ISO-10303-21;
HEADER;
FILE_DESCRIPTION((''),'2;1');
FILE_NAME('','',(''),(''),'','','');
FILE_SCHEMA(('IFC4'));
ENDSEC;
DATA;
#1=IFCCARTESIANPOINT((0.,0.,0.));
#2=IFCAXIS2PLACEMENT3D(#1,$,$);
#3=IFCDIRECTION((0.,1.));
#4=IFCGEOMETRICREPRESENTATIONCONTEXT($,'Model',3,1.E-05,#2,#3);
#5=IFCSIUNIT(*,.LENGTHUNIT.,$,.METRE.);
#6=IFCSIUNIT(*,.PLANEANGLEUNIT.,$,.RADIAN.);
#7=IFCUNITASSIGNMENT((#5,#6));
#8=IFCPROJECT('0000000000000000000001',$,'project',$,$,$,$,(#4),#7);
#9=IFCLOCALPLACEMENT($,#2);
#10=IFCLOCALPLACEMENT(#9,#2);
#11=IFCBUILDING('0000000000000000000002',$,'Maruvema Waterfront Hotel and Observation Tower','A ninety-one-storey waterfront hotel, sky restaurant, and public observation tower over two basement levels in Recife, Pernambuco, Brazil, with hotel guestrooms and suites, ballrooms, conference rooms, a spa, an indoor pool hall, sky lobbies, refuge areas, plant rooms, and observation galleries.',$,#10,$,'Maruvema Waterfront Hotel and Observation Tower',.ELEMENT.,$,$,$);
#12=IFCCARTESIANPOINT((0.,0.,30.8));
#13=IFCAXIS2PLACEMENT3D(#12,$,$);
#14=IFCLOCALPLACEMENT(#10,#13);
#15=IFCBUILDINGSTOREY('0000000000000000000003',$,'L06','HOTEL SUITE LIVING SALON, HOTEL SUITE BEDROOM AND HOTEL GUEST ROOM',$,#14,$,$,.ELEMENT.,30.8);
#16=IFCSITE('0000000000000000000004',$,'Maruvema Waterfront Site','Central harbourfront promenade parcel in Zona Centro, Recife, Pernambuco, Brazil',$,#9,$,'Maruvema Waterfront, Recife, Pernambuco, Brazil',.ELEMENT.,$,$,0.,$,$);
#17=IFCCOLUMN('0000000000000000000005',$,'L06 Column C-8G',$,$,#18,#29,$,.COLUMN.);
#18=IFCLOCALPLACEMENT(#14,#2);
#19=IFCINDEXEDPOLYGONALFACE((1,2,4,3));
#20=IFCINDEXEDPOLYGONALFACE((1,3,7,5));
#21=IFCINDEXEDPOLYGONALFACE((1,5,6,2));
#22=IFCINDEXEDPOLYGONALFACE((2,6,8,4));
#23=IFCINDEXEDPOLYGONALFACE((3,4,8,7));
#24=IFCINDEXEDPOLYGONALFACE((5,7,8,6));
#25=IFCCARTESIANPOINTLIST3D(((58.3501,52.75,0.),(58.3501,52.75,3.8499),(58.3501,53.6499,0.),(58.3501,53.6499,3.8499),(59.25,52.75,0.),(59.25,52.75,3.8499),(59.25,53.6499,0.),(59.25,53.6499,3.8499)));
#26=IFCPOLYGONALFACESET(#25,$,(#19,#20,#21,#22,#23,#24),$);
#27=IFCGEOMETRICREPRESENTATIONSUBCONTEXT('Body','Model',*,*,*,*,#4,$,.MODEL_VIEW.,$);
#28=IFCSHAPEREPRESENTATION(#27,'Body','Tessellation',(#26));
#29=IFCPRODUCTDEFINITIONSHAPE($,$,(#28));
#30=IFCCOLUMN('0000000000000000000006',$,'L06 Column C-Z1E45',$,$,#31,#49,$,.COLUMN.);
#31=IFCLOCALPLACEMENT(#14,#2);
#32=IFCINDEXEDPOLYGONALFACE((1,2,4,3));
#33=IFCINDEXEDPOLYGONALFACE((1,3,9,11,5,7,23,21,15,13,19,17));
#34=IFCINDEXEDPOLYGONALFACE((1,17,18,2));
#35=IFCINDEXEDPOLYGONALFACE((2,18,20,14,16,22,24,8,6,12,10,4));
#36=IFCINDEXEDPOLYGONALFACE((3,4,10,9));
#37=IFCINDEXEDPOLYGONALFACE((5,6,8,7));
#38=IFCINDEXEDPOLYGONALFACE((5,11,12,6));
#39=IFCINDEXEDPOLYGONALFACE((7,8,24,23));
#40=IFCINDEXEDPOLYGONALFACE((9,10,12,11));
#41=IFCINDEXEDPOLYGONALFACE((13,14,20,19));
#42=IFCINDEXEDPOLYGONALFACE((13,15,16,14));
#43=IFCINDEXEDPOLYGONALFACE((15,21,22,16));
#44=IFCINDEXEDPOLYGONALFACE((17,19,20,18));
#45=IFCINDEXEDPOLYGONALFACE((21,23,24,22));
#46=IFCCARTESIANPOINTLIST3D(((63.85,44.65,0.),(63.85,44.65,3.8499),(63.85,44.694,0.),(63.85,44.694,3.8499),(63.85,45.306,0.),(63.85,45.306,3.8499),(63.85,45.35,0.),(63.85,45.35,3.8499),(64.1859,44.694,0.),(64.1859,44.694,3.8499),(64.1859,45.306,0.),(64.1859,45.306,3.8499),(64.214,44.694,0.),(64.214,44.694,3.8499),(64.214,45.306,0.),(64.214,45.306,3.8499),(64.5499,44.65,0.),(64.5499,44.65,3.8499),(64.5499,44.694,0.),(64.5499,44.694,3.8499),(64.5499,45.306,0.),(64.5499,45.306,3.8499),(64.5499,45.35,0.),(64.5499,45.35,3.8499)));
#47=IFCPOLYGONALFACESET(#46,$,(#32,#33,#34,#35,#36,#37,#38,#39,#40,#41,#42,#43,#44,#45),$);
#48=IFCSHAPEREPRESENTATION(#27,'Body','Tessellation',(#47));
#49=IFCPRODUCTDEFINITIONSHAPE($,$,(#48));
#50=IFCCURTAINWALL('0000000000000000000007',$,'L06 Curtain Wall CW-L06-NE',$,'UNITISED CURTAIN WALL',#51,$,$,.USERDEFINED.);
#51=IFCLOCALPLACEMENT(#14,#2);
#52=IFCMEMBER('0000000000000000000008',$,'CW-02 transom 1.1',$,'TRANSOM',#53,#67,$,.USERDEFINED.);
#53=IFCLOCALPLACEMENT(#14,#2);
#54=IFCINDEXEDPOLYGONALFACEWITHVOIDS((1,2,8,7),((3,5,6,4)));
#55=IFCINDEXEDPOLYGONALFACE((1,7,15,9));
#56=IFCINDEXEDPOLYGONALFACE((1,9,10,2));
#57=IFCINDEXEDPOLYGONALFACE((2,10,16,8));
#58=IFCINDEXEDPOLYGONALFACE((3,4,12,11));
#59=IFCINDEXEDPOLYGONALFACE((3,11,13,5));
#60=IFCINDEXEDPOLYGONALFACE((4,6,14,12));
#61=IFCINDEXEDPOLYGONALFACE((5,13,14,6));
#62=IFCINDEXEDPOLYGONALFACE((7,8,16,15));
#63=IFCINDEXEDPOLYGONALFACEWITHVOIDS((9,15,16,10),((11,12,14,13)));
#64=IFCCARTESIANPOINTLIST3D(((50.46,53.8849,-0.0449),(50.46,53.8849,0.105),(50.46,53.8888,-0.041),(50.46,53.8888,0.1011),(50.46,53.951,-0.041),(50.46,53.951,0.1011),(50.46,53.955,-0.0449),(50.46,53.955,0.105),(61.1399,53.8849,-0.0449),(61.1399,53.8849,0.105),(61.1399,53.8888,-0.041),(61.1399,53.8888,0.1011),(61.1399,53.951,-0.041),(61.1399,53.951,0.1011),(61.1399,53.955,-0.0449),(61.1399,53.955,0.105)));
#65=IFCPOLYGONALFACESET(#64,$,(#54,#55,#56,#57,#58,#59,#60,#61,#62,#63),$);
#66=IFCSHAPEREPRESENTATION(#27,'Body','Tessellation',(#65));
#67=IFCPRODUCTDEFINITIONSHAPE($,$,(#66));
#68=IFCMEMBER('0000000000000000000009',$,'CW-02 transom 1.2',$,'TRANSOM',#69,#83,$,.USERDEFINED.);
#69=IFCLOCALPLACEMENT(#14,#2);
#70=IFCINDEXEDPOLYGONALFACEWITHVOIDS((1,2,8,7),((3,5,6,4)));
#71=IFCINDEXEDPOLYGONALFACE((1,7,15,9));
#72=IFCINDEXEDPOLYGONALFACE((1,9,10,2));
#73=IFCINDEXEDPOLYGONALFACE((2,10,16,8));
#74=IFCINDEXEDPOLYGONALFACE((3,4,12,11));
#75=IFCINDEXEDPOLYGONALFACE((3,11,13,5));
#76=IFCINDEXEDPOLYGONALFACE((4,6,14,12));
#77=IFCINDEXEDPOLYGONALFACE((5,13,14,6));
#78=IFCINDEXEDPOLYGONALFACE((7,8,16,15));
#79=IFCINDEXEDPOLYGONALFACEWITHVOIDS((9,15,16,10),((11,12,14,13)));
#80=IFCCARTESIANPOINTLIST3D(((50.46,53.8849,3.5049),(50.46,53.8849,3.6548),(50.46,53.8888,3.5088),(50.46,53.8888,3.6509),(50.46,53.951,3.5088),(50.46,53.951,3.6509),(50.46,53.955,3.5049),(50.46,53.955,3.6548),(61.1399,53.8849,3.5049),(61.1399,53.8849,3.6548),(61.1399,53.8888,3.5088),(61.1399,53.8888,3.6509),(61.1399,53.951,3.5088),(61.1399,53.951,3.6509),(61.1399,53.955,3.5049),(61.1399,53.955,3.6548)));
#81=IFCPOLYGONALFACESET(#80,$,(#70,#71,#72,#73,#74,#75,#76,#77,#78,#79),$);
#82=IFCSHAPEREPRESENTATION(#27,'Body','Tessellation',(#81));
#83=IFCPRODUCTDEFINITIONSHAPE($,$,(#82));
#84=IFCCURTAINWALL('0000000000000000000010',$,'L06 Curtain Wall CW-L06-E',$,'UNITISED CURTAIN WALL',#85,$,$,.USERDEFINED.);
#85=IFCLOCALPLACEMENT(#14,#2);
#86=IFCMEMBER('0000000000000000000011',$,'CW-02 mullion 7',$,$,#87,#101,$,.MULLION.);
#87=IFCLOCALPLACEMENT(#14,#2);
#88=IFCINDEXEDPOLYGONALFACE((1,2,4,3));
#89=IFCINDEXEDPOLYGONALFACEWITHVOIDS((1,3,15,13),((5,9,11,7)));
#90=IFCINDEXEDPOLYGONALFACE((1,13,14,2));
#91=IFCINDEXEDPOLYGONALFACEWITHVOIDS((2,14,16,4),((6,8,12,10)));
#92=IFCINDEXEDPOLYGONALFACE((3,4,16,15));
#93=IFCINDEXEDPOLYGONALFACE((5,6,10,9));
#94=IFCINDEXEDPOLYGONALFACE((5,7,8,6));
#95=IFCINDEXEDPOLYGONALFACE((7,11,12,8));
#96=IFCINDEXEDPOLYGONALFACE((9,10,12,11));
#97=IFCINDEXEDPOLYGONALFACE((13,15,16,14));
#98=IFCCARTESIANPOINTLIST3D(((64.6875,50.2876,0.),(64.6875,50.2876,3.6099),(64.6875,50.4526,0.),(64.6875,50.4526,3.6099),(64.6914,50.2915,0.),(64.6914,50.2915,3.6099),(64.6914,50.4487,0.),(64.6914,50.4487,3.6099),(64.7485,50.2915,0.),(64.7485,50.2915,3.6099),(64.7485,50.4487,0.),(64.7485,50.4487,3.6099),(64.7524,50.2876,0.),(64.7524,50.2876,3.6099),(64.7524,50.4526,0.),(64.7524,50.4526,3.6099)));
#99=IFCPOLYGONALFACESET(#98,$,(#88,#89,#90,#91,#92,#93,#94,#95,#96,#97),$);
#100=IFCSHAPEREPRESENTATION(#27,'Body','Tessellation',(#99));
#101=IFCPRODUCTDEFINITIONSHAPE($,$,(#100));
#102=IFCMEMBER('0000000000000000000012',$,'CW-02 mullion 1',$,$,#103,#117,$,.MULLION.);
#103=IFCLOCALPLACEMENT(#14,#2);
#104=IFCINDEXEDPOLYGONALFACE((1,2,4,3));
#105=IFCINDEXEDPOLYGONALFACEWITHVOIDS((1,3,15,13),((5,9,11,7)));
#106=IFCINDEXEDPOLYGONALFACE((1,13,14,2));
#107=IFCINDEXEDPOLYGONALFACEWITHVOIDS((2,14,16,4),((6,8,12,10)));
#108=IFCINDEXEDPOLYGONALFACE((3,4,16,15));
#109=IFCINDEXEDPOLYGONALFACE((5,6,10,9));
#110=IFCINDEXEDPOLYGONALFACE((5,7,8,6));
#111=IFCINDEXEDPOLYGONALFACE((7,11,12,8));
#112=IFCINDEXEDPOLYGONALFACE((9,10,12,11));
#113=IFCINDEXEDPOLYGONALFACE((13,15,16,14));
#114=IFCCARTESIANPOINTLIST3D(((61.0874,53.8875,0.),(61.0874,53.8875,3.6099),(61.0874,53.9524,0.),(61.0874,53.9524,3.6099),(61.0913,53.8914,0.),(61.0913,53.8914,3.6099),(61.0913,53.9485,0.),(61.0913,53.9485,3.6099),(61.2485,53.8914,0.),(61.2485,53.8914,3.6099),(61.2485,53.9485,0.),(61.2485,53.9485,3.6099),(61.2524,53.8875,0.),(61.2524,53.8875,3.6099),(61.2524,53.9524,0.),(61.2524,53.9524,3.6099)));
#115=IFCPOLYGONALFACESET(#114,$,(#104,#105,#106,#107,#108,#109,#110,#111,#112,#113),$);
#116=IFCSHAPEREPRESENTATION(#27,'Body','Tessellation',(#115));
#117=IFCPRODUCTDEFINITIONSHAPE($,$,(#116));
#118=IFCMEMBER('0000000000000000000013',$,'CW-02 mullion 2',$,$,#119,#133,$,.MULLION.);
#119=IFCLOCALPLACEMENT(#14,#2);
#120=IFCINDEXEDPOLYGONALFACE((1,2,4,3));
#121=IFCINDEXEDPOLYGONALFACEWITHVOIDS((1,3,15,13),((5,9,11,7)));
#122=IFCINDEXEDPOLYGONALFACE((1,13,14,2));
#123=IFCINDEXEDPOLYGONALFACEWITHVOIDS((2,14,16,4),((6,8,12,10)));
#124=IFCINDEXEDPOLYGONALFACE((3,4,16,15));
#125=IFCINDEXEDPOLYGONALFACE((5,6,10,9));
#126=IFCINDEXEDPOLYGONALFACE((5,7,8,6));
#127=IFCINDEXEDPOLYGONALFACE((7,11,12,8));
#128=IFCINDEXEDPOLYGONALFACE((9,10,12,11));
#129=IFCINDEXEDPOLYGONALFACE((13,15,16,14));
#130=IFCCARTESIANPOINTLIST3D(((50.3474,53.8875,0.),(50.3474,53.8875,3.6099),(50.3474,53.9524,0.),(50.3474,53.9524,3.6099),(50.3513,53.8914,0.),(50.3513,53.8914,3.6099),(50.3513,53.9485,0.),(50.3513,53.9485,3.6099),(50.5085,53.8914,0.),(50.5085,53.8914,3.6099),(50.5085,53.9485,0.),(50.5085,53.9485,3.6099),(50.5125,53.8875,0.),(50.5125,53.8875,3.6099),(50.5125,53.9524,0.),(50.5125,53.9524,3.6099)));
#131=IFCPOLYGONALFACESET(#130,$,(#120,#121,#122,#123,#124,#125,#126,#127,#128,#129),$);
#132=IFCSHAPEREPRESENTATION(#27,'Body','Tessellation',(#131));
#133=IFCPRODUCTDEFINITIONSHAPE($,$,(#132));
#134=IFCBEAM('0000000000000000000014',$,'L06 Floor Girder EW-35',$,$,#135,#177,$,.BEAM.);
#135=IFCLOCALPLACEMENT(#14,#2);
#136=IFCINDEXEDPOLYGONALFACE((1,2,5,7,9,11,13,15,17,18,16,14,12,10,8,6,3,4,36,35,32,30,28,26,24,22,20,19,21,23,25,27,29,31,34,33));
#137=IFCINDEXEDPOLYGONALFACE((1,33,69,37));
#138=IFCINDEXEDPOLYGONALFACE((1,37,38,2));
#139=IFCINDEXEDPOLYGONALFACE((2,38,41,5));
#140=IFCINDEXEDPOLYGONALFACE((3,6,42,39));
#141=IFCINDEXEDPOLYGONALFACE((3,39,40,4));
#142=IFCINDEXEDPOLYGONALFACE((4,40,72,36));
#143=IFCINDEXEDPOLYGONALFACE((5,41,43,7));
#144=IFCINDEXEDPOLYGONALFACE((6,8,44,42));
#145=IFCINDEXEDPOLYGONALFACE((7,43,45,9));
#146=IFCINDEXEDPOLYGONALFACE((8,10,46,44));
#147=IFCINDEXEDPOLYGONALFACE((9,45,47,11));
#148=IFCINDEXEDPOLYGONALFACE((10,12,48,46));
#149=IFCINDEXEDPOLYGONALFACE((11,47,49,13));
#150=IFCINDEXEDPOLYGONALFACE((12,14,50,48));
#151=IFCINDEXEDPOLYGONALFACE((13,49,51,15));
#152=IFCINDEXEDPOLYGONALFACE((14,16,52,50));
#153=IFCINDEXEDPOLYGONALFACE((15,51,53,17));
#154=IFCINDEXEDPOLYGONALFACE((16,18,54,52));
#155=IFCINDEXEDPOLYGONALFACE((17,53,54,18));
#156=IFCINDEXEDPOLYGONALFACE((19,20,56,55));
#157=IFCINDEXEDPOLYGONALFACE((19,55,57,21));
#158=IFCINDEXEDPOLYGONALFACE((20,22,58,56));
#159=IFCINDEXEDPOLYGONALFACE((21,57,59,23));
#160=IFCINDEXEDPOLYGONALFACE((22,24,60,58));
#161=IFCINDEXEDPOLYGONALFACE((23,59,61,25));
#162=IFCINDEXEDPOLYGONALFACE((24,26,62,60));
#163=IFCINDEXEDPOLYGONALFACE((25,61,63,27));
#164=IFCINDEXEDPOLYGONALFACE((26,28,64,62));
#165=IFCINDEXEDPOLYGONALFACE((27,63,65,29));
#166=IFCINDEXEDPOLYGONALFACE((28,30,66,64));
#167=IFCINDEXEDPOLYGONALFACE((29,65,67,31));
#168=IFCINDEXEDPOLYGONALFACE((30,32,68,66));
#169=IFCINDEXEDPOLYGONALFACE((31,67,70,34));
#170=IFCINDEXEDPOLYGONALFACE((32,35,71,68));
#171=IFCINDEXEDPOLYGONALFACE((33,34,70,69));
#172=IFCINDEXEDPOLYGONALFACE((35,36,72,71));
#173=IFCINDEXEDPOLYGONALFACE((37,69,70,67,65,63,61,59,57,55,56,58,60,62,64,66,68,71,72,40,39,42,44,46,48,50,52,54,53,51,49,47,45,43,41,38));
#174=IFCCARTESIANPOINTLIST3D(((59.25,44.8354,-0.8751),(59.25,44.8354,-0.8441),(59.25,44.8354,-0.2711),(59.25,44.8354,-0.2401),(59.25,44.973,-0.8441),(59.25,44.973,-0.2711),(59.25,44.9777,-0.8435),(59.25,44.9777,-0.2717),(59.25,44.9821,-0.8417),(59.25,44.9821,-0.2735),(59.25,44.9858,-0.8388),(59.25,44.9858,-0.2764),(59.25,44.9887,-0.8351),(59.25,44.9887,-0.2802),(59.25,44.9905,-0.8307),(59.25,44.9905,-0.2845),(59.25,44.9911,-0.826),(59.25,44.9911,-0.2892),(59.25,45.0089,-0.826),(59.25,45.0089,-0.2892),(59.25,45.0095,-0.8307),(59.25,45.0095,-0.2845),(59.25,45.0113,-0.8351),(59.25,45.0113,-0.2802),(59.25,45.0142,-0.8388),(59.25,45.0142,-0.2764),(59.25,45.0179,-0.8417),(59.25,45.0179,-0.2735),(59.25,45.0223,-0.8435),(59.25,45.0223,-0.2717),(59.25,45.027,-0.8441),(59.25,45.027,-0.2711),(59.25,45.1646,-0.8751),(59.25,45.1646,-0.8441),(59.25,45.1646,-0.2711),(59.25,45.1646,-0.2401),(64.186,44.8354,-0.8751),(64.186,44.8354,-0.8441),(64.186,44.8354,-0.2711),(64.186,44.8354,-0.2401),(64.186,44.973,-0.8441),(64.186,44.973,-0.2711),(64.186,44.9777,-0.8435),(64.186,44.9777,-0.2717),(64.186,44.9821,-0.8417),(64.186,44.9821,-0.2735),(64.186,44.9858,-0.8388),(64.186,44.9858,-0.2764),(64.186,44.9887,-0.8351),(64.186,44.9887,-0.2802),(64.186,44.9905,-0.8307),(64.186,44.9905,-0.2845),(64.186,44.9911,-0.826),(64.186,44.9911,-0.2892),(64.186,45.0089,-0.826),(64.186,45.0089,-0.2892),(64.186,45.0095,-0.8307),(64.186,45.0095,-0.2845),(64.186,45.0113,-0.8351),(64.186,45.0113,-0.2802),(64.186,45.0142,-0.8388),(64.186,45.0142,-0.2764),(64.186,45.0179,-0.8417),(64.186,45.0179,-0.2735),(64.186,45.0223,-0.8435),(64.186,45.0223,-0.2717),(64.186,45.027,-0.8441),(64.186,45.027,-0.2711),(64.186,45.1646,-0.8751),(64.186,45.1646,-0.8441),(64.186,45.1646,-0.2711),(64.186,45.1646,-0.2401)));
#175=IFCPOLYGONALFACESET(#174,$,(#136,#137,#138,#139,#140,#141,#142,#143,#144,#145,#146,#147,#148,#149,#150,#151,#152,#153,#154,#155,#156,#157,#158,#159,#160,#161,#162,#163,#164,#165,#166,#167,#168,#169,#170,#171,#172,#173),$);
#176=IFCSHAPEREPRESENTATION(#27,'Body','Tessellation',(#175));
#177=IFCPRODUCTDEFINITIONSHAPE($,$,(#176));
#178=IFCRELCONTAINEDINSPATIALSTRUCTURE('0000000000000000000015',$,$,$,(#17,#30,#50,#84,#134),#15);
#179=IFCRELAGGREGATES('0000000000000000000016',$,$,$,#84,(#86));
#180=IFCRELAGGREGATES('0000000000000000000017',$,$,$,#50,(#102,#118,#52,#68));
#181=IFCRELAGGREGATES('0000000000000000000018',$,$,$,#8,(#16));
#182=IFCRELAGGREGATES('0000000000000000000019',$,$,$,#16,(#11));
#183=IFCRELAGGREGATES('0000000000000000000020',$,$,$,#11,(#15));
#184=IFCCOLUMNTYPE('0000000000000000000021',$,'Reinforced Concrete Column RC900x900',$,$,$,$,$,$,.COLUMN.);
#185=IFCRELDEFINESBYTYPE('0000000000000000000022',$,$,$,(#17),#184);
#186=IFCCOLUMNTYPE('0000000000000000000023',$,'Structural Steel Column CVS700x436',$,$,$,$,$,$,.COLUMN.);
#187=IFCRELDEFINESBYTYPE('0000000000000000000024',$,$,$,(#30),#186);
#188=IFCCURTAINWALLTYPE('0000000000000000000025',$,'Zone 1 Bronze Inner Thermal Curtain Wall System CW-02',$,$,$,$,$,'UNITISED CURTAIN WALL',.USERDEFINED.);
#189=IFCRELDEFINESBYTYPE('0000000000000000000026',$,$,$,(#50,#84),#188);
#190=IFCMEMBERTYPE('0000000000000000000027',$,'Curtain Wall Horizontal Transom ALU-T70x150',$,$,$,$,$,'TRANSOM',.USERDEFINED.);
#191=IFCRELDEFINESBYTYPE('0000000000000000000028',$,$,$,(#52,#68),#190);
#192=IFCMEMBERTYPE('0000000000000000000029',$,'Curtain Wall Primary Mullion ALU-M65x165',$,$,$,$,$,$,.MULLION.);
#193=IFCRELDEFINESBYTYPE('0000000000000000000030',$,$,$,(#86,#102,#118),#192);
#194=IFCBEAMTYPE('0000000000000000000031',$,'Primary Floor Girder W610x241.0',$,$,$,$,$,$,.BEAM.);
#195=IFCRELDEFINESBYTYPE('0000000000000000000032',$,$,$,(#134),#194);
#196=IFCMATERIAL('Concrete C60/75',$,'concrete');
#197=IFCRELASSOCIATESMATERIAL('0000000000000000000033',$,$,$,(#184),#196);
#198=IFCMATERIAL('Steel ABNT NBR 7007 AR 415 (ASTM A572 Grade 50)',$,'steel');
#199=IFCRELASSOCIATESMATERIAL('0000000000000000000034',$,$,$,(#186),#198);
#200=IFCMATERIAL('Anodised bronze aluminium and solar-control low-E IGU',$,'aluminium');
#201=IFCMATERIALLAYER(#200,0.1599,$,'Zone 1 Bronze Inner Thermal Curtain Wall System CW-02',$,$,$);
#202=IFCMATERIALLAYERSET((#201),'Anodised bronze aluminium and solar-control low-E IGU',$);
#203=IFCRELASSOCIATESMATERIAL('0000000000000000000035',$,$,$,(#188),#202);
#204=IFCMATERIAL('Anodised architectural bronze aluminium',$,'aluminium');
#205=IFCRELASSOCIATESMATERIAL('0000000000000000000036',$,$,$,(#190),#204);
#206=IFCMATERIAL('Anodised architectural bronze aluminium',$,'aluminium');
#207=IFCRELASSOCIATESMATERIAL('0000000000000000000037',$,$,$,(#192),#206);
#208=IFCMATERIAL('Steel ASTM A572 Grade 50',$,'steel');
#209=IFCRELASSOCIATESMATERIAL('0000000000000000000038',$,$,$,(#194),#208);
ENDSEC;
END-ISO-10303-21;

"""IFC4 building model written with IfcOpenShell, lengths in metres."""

from ifc_helpers import new_model, si_unit, direction, frame, origin, origin_2d, place, context, subcontext, project, spatial, rectangle, hollow_rectangle, i_section, extrude, material, layer, layer_set, material_profile, profile_set, type_object, element, aggregate, save


model = new_model("IFC4")

# Units and contexts
model_context = context("Model", 3, precision=1e-05, world=origin(), true_north=direction((0.0, 1.0)))
body_context = subcontext(model_context, "Body", "Model", "MODEL_VIEW")
ifc_project = project(units=[si_unit("LENGTHUNIT", "METRE"), si_unit("PLANEANGLEUNIT", "RADIAN")], contexts=[model_context])

# Site, building, storey
site_placement = place(None, origin())
site = spatial("IfcSite", under=ifc_project, at=site_placement, Name="Maruvema Waterfront Site", Description="Central harbourfront promenade parcel in Zona Centro, Recife, Pernambuco, Brazil", LongName="Maruvema Waterfront, Recife, Pernambuco, Brazil", CompositionType="ELEMENT", RefElevation=0.0)
building_placement = place(site_placement, origin())
building = spatial("IfcBuilding", under=site, at=building_placement, Name="Maruvema Waterfront Hotel and Observation Tower", Description="A ninety-one-storey waterfront hotel, sky restaurant, and public observation tower over two basement levels in Recife, Pernambuco, Brazil, with hotel guestrooms and suites, ballrooms, conference rooms, a spa, an indoor pool hall, sky lobbies, refuge areas, plant rooms, and observation galleries.", LongName="Maruvema Waterfront Hotel and Observation Tower", CompositionType="ELEMENT")
storey_placement = place(building_placement, frame((0.0, 0.0, 30.8)))
storey = spatial("IfcBuildingStorey", under=building, at=storey_placement, Name="L06", Description="HOTEL SUITE LIVING SALON, HOTEL SUITE BEDROOM AND HOTEL GUEST ROOM", CompositionType="ELEMENT", Elevation=30.8)

# Columns
ifc_material_1 = material(Name="Concrete C60/75", Category="concrete")
ifc_material_profile_1 = material_profile(ifc_material_1, rectangle(XDim=0.8999, YDim=0.8999, at=origin_2d()), Name="RC900x900")
ifc_profile_set_1 = profile_set([ifc_material_profile_1], Name="Concrete C60/75")
column_type_1 = type_object("IfcColumnType", Name="Reinforced Concrete Column RC900x900", PredefinedType="COLUMN", material=ifc_profile_set_1)
column_1_placement = place(storey_placement, frame((58.8, 53.2, 0.0), z_axis=(0.0, 0.0, 1.0), x_axis=(1.0, 0.0, 0.0)))
element("IfcColumn", 1, at=column_1_placement, inside=storey, type_object=column_type_1, Name="L06 Column C-8G", PredefinedType="COLUMN", context=body_context, shape_type="SweptSolid", body=[
    extrude(rectangle(XDim=0.8999, YDim=0.8999, at=origin_2d()), origin(), (0.0, 0.0, 1.0), 3.8499),
])
ifc_material_2 = material(Name="Steel ABNT NBR 7007 AR 415 (ASTM A572 Grade 50)", Category="steel")
ifc_material_profile_2 = material_profile(ifc_material_2, i_section(OverallWidth=0.7, OverallDepth=0.7, WebThickness=0.0281, FlangeThickness=0.0439, at=origin_2d()), Name="CVS700x436")
ifc_profile_set_2 = profile_set([ifc_material_profile_2], Name="Steel ABNT NBR 7007 AR 415 (ASTM A572 Grade 50)")
column_type_2 = type_object("IfcColumnType", Name="Structural Steel Column CVS700x436", PredefinedType="COLUMN", material=ifc_profile_set_2)
column_2_placement = place(storey_placement, frame((64.2, 45.0, 0.0), z_axis=(0.0, 0.0, 1.0), x_axis=(1.0, 0.0, 0.0)))
element("IfcColumn", 2, at=column_2_placement, inside=storey, type_object=column_type_2, Name="L06 Column C-Z1E45", PredefinedType="COLUMN", context=body_context, shape_type="SweptSolid", body=[
    extrude(i_section(OverallWidth=0.7, OverallDepth=0.7, WebThickness=0.0281, FlangeThickness=0.0439, at=origin_2d()), origin(), (0.0, 0.0, 1.0), 3.8499),
])

# Curtain wall, members
ifc_material_3 = material(Name="Anodised bronze aluminium and solar-control low-E IGU", Category="aluminium")
ifc_layer_1 = layer(ifc_material_3, 0.1599, Name="Zone 1 Bronze Inner Thermal Curtain Wall System CW-02")
ifc_layer_set_1 = layer_set([ifc_layer_1], Name="Anodised bronze aluminium and solar-control low-E IGU")
curtain_wall_type = type_object("IfcCurtainWallType", Name="Zone 1 Bronze Inner Thermal Curtain Wall System CW-02", ElementType="UNITISED CURTAIN WALL", PredefinedType="USERDEFINED", material=ifc_layer_set_1)
curtain_wall_1_placement = place(storey_placement, origin())
curtain_wall_1 = element("IfcCurtainWall", 3, at=curtain_wall_1_placement, inside=storey, type_object=curtain_wall_type, Name="L06 Curtain Wall CW-L06-NE", ObjectType="UNITISED CURTAIN WALL", PredefinedType="USERDEFINED")
ifc_material_4 = material(Name="Anodised architectural bronze aluminium", Category="aluminium")
ifc_material_profile_3 = material_profile(ifc_material_4, hollow_rectangle(XDim=0.0701, YDim=0.1499, WallThickness=0.0039, at=origin_2d()), Name="ALU-T70x150")
ifc_profile_set_3 = profile_set([ifc_material_profile_3], Name="Anodised architectural bronze aluminium")
member_type_1 = type_object("IfcMemberType", Name="Curtain Wall Horizontal Transom ALU-T70x150", ElementType="TRANSOM", PredefinedType="USERDEFINED", material=ifc_profile_set_3)
member_1_placement = place(storey_placement, frame((61.1399, 53.9199, 0.03), z_axis=(-1.0, 0.0, 0.0), x_axis=(0.0, -1.0, 0.0)))
member_1 = element("IfcMember", 4, at=member_1_placement, type_object=member_type_1, Name="CW-02 transom 1.1", ObjectType="TRANSOM", PredefinedType="USERDEFINED", context=body_context, shape_type="SweptSolid", body=[
    extrude(hollow_rectangle(XDim=0.0701, YDim=0.1499, WallThickness=0.0039, at=origin_2d()), origin(), (0.0, 0.0, 1.0), 10.6799),
])
member_2_placement = place(storey_placement, frame((61.1399, 53.9199, 3.5798), z_axis=(-1.0, 0.0, 0.0), x_axis=(0.0, -1.0, 0.0)))
member_2 = element("IfcMember", 5, at=member_2_placement, type_object=member_type_1, Name="CW-02 transom 1.2", ObjectType="TRANSOM", PredefinedType="USERDEFINED", context=body_context, shape_type="SweptSolid", body=[
    extrude(hollow_rectangle(XDim=0.0701, YDim=0.1499, WallThickness=0.0039, at=origin_2d()), origin(), (0.0, 0.0, 1.0), 10.6799),
])

# Curtain wall, member
curtain_wall_2_placement = place(storey_placement, origin())
curtain_wall_2 = element("IfcCurtainWall", 6, at=curtain_wall_2_placement, inside=storey, type_object=curtain_wall_type, Name="L06 Curtain Wall CW-L06-E", ObjectType="UNITISED CURTAIN WALL", PredefinedType="USERDEFINED")
ifc_material_5 = material(Name="Anodised architectural bronze aluminium", Category="aluminium")
ifc_material_profile_4 = material_profile(ifc_material_5, hollow_rectangle(XDim=0.0649, YDim=0.165, WallThickness=0.0039, at=origin_2d()), Name="ALU-M65x165")
ifc_profile_set_4 = profile_set([ifc_material_profile_4], Name="Anodised architectural bronze aluminium")
member_type_2 = type_object("IfcMemberType", Name="Curtain Wall Primary Mullion ALU-M65x165", PredefinedType="MULLION", material=ifc_profile_set_4)
member_3_placement = place(storey_placement, frame((64.72, 50.3701, 0.0), z_axis=(0.0, 0.0, 1.0), x_axis=(-1.0, 0.0, 0.0)))
member_3 = element("IfcMember", 7, at=member_3_placement, type_object=member_type_2, Name="CW-02 mullion 7", PredefinedType="MULLION", context=body_context, shape_type="SweptSolid", body=[
    extrude(hollow_rectangle(XDim=0.0649, YDim=0.165, WallThickness=0.0039, at=origin_2d()), origin(), (0.0, 0.0, 1.0), 3.6099),
])

# Members
member_4_placement = place(storey_placement, frame((61.1699, 53.9199, 0.0), z_axis=(0.0, 0.0, 1.0), x_axis=(0.0, -1.0, 0.0)))
member_4 = element("IfcMember", 8, at=member_4_placement, type_object=member_type_2, Name="CW-02 mullion 1", PredefinedType="MULLION", context=body_context, shape_type="SweptSolid", body=[
    extrude(hollow_rectangle(XDim=0.0649, YDim=0.165, WallThickness=0.0039, at=origin_2d()), origin(), (0.0, 0.0, 1.0), 3.6099),
])
member_5_placement = place(storey_placement, frame((50.4299, 53.9199, 0.0), z_axis=(0.0, 0.0, 1.0), x_axis=(0.0, -1.0, 0.0)))
member_5 = element("IfcMember", 9, at=member_5_placement, type_object=member_type_2, Name="CW-02 mullion 2", PredefinedType="MULLION", context=body_context, shape_type="SweptSolid", body=[
    extrude(hollow_rectangle(XDim=0.0649, YDim=0.165, WallThickness=0.0039, at=origin_2d()), origin(), (0.0, 0.0, 1.0), 3.6099),
])

# Beam
ifc_material_6 = material(Name="Steel ASTM A572 Grade 50", Category="steel")
ifc_material_profile_5 = material_profile(ifc_material_6, i_section(OverallWidth=0.3291, OverallDepth=0.635, WebThickness=0.0178, FlangeThickness=0.031, FilletRadius=0.0181, at=origin_2d()), Name="W610x241.0")
ifc_profile_set_5 = profile_set([ifc_material_profile_5], Name="Steel ASTM A572 Grade 50")
beam_type = type_object("IfcBeamType", Name="Primary Floor Girder W610x241.0", PredefinedType="BEAM", material=ifc_profile_set_5)
beam_1_placement = place(storey_placement, frame((59.25, 45.0, -0.5576), z_axis=(1.0, 0.0, 0.0), x_axis=(0.0, 1.0, 0.0)))
element("IfcBeam", 10, at=beam_1_placement, inside=storey, type_object=beam_type, Name="L06 Floor Girder EW-35", PredefinedType="BEAM", context=body_context, shape_type="SweptSolid", body=[
    extrude(i_section(OverallWidth=0.3291, OverallDepth=0.635, WebThickness=0.0178, FlangeThickness=0.031, FilletRadius=0.0181, at=origin_2d()), origin(), (0.0, 0.0, 1.0), 4.936),
])

aggregate(curtain_wall_2, [member_3])
aggregate(curtain_wall_1, [member_4, member_5, member_1, member_2])

save(model, "model.ifc")
